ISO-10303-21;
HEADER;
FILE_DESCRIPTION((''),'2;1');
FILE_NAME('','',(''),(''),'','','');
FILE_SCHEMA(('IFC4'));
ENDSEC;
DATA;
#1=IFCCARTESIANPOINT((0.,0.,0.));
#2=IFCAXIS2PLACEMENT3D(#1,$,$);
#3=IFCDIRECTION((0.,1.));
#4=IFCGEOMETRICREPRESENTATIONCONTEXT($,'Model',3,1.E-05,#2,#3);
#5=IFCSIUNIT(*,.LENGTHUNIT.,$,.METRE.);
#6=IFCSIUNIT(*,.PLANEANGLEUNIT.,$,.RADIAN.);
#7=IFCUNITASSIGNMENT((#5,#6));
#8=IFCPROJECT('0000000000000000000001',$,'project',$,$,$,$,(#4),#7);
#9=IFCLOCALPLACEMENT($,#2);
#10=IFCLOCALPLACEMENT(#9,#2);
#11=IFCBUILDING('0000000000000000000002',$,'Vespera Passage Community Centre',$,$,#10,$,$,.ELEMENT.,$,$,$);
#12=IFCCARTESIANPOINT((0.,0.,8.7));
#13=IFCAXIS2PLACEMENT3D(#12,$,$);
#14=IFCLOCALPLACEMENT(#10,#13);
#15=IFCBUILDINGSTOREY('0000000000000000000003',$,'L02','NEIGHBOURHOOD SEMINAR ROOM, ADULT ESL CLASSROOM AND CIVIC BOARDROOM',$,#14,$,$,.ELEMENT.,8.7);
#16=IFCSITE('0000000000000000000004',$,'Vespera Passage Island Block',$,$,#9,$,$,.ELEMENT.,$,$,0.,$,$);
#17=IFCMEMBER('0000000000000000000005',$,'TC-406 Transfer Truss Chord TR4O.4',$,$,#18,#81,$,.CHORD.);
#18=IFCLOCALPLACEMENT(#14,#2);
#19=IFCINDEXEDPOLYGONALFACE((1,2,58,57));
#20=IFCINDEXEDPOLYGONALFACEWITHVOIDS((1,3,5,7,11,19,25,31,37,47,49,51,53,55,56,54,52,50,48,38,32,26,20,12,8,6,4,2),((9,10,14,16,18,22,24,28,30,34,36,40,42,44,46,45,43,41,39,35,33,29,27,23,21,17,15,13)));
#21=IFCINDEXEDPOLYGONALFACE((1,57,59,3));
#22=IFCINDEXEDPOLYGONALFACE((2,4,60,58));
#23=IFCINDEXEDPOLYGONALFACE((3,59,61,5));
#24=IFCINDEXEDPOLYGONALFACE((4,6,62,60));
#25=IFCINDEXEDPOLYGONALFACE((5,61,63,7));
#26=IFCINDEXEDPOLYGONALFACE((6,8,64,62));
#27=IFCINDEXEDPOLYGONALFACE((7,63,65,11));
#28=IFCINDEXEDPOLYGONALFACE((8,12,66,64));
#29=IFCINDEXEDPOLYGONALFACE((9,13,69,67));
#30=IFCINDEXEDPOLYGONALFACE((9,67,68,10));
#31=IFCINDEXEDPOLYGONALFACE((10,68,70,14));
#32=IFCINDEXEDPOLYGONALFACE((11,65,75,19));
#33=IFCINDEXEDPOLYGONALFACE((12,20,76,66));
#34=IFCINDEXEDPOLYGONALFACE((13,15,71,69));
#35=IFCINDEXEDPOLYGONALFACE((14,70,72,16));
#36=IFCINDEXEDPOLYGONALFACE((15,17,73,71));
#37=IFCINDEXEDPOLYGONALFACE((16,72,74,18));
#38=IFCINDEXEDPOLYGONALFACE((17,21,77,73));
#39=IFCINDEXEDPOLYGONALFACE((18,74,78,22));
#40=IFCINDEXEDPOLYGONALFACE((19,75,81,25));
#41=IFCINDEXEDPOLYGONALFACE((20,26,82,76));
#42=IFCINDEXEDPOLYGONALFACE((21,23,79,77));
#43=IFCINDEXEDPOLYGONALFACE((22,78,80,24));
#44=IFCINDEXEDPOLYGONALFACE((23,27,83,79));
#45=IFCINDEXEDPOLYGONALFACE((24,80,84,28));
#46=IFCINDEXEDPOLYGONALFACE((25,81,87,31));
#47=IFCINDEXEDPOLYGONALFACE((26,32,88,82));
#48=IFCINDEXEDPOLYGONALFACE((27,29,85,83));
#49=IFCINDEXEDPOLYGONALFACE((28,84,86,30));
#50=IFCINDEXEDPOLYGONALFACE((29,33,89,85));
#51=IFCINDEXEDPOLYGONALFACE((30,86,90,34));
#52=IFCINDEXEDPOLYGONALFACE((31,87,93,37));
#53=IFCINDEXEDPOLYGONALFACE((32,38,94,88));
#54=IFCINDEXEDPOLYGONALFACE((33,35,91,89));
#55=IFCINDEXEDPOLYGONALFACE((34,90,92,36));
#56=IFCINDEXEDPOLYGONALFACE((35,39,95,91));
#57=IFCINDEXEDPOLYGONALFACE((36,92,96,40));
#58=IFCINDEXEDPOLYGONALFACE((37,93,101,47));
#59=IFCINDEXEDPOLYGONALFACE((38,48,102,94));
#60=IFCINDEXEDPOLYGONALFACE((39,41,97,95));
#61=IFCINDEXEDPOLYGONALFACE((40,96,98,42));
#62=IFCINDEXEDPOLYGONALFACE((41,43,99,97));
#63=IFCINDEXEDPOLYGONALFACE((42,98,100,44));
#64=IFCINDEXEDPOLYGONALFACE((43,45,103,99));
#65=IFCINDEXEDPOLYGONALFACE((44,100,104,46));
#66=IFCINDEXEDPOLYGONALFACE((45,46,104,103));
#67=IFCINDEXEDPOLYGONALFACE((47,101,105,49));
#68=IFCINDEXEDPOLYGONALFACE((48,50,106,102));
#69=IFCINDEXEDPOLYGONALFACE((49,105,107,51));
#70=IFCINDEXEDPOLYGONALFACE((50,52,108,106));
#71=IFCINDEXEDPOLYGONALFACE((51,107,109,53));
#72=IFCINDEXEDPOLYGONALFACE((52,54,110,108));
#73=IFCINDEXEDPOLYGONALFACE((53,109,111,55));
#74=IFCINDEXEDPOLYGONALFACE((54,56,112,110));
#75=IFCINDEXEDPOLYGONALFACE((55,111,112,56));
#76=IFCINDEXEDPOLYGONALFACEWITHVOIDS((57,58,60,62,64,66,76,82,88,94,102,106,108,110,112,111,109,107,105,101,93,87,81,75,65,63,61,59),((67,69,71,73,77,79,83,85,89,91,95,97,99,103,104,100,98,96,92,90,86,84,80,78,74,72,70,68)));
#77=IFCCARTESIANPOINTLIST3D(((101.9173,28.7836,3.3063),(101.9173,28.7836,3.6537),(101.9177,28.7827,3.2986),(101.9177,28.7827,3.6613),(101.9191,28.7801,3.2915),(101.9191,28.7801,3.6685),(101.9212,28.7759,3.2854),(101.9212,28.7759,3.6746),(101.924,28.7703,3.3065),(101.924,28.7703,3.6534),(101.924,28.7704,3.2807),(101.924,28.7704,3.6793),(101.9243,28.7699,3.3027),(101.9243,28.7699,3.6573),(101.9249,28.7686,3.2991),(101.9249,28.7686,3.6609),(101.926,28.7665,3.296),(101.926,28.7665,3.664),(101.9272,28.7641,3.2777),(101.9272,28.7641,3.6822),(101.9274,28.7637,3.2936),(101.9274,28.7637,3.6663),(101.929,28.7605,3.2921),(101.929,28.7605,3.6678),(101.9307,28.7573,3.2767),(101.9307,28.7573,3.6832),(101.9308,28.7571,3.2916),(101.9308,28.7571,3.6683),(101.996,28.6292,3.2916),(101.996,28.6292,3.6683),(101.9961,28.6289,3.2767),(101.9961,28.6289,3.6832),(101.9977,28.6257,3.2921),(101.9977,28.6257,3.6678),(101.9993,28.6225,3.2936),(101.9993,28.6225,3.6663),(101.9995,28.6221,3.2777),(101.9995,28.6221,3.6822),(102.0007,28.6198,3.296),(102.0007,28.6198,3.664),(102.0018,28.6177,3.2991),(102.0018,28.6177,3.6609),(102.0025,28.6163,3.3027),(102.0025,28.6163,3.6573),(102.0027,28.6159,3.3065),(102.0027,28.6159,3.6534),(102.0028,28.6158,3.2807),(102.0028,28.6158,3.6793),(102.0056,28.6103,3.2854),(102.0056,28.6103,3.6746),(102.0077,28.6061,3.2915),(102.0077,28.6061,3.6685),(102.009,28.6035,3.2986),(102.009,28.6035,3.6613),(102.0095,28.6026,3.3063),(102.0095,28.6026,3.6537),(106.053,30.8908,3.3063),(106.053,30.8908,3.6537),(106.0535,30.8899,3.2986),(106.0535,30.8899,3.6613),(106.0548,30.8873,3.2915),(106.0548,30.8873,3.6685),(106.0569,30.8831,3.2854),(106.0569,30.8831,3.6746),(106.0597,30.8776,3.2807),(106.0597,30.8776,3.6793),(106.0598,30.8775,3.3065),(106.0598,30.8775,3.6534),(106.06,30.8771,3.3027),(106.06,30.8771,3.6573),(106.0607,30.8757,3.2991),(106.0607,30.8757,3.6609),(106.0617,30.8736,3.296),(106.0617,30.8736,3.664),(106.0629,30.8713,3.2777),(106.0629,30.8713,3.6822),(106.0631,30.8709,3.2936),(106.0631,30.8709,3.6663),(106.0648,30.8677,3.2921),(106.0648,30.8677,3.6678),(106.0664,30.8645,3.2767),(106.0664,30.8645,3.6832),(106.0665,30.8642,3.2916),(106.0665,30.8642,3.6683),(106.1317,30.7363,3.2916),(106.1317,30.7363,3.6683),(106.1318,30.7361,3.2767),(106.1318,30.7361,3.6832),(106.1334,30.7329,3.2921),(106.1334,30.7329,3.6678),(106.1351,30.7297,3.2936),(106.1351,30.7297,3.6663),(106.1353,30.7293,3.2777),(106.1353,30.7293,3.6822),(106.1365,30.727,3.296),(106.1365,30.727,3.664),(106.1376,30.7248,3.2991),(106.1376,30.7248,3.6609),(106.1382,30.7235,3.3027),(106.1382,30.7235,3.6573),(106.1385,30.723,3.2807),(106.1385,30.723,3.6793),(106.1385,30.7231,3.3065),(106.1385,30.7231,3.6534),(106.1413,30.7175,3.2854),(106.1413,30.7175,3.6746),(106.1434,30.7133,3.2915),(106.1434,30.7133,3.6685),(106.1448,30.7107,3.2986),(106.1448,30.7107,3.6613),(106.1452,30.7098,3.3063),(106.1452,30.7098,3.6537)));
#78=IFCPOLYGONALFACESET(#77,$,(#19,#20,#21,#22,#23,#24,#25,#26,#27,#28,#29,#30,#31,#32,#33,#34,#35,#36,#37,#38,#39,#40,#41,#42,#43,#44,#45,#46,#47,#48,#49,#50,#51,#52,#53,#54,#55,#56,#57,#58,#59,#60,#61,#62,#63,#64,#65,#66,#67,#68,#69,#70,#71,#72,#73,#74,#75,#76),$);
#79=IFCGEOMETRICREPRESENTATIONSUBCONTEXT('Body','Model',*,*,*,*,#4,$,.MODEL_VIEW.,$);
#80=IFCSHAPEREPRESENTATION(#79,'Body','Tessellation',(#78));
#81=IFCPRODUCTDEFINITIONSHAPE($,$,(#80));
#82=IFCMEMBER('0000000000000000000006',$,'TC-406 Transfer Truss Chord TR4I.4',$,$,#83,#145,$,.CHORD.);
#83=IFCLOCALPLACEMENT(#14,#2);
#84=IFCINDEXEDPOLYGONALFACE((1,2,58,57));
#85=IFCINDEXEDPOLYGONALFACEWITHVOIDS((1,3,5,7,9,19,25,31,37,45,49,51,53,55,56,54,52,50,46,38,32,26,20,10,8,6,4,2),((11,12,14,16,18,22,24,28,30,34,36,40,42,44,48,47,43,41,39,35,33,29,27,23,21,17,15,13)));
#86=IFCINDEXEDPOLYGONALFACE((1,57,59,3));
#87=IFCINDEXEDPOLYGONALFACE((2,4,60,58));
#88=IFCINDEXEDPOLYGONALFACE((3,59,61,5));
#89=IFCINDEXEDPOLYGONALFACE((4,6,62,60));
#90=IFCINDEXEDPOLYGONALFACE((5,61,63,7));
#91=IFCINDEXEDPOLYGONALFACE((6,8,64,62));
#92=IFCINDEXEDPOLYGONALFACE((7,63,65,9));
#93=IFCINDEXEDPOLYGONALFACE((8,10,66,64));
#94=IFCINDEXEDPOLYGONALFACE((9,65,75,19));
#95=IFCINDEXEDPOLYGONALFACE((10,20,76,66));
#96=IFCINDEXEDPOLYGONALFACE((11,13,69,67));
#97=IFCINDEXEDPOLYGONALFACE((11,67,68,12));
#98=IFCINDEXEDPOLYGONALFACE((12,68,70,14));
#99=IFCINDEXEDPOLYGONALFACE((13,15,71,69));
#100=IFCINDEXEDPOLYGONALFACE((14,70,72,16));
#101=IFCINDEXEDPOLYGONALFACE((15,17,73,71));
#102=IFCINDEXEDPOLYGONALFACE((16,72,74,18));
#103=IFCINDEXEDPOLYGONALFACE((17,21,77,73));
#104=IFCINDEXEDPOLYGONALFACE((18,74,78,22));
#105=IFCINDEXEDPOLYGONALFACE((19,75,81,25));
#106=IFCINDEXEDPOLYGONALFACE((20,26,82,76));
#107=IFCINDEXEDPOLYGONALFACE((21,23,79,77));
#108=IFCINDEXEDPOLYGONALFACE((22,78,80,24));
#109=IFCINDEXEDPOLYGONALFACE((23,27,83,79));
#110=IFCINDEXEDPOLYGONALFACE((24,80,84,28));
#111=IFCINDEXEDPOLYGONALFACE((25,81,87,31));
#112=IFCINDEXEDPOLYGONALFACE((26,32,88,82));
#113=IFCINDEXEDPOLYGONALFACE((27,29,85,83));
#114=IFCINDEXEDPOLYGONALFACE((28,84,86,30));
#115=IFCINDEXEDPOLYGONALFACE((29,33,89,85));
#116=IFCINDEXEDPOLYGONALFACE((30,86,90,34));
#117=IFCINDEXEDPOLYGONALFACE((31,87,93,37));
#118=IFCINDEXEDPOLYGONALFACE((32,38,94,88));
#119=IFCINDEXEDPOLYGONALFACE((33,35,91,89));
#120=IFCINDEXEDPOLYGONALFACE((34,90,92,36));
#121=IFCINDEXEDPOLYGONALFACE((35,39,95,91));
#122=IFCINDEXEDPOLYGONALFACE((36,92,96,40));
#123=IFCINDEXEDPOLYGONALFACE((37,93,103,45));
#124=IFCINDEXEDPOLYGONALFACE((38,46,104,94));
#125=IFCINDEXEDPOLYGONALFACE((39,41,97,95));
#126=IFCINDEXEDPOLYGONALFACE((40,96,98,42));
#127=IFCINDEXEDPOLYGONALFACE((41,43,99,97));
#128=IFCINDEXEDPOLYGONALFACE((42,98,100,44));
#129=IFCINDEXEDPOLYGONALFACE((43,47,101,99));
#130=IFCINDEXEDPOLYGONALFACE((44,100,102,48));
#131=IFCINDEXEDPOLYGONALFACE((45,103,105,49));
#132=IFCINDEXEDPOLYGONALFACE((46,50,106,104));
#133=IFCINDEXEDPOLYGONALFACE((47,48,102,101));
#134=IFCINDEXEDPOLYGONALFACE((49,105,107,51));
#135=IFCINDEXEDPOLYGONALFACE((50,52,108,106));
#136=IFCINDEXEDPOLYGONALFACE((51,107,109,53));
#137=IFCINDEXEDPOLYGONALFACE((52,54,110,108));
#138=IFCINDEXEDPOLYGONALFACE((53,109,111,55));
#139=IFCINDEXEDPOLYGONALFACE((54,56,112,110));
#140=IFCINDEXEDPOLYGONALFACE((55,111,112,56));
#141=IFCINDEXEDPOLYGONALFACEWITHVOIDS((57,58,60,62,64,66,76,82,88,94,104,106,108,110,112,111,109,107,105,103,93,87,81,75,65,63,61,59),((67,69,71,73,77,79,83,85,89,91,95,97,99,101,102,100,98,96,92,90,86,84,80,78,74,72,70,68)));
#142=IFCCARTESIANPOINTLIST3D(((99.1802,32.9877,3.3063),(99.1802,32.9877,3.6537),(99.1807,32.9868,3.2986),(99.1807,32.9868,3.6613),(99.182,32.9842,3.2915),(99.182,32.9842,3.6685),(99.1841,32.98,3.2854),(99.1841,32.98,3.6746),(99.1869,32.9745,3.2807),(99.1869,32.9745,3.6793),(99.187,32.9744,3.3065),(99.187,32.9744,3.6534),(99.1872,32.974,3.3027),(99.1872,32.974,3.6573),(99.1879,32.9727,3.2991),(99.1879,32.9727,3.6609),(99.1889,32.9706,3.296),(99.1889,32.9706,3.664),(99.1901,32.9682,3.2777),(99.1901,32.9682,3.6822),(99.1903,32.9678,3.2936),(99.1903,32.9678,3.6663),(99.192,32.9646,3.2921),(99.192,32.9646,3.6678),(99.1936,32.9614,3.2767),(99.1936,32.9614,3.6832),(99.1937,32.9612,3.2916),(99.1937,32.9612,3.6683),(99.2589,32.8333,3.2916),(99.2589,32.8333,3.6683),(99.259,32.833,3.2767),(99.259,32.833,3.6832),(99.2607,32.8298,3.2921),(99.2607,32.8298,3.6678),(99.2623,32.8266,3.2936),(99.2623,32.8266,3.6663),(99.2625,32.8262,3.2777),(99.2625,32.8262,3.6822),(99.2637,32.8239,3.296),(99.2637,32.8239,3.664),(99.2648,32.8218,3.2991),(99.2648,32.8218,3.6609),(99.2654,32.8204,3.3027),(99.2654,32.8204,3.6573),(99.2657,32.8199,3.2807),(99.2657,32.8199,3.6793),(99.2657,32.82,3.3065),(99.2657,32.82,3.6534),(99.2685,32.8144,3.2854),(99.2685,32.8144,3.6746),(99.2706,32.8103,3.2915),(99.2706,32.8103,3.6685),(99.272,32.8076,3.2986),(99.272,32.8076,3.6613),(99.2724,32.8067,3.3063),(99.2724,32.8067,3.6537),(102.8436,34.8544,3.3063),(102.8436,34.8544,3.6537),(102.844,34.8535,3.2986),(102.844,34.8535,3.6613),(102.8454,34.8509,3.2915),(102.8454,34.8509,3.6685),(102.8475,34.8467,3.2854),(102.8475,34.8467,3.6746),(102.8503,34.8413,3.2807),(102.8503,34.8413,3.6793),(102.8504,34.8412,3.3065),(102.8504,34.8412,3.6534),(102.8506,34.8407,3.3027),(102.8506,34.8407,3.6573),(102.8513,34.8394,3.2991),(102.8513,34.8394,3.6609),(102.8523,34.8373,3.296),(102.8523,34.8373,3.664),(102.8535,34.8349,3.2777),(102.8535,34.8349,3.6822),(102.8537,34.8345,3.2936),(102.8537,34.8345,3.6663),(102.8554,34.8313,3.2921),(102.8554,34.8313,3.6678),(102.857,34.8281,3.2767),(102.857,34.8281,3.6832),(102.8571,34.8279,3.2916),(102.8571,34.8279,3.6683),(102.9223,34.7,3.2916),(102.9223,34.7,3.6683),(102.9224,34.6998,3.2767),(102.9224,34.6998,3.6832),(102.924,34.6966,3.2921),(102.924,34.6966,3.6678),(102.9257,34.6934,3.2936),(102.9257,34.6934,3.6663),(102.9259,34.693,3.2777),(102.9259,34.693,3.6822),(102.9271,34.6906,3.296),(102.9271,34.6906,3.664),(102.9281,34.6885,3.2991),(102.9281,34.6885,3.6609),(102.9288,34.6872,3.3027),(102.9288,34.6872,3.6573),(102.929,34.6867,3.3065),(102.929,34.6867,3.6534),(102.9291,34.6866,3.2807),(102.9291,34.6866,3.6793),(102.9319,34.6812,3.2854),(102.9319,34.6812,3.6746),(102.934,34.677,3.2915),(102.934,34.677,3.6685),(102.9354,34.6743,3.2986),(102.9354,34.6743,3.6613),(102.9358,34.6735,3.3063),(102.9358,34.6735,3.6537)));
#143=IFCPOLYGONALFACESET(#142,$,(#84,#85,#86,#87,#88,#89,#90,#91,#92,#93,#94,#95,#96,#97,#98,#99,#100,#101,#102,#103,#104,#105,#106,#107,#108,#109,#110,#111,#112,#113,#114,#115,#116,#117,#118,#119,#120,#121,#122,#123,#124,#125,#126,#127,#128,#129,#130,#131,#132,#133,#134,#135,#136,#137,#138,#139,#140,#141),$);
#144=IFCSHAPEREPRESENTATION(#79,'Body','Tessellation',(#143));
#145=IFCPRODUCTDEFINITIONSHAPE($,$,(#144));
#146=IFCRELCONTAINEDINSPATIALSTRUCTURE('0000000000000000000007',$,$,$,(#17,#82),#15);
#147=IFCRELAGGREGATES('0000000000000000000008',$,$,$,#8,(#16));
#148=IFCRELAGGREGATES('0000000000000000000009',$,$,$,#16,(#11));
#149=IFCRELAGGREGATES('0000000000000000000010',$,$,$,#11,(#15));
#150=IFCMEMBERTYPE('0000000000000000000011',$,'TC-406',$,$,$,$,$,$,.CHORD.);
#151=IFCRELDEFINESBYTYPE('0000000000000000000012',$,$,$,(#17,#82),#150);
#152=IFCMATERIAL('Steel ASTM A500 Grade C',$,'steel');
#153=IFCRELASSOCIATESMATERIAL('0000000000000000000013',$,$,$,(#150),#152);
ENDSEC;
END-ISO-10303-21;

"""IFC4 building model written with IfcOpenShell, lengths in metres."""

from ifc_helpers import new_model, si_unit, direction, frame, origin, origin_2d, place, context, subcontext, project, spatial, hollow_rectangle, extrude, material, material_profile, profile_set, type_object, element, save


model = new_model("IFC4")

# Units and contexts
model_context = context("Model", 3, precision=1e-05, world=origin(), true_north=direction((0.0, 1.0)))
body_context = subcontext(model_context, "Body", "Model", "MODEL_VIEW")
ifc_project = project(units=[si_unit("LENGTHUNIT", "METRE"), si_unit("PLANEANGLEUNIT", "RADIAN")], contexts=[model_context])

# Site, building, storey
site_placement = place(None, origin())
site = spatial("IfcSite", under=ifc_project, at=site_placement, Name="Vespera Passage Island Block", CompositionType="ELEMENT", RefElevation=0.0)
building_placement = place(site_placement, origin())
building = spatial("IfcBuilding", under=site, at=building_placement, Name="Vespera Passage Community Centre", CompositionType="ELEMENT")
storey_placement = place(building_placement, frame((0.0, 0.0, 8.7)))
storey = spatial("IfcBuildingStorey", under=building, at=storey_placement, Name="L02", Description="NEIGHBOURHOOD SEMINAR ROOM, ADULT ESL CLASSROOM AND CIVIC BOARDROOM", CompositionType="ELEMENT", Elevation=8.7)

# Members
ifc_material_1 = material(Name="Steel ASTM A500 Grade C", Category="steel")
ifc_material_profile_1 = material_profile(ifc_material_1, hollow_rectangle(XDim=0.2031, YDim=0.4065, WallThickness=0.0149, InnerFilletRadius=0.0149, OuterFilletRadius=0.0295, at=origin_2d()), Name="HSS406X203X15.9")
ifc_profile_set_1 = profile_set([ifc_material_profile_1], Name="Steel ASTM A500 Grade C")
member_type_1 = type_object("IfcMemberType", Name="TC-406", PredefinedType="CHORD", material=ifc_profile_set_1)
for number, where, z_axis, x_axis, name in (
    (1, (101.9634, 28.6931, 3.48), (0.891014, 0.453975, 0.0), (-0.453975, 0.891014, 0.0), "TC-406 Transfer Truss Chord TR4O.4"),
):
    element("IfcMember", number, at=place(storey_placement, frame(where, z_axis=z_axis, x_axis=x_axis)), inside=storey, type_object=member_type_1, Name=name, PredefinedType="CHORD", context=body_context, shape_type="SweptSolid", body=[
        extrude(hollow_rectangle(XDim=0.2031, YDim=0.4065, WallThickness=0.0149, InnerFilletRadius=0.0149, OuterFilletRadius=0.0295, at=origin_2d()), origin(), (0.0, 0.0, 1.0), 4.6416),
    ])
member_1_placement = place(storey_placement, frame((99.2263, 32.8972, 3.48), z_axis=(0.890993, 0.454017, 0.0), x_axis=(-0.454017, 0.890993, 0.0)))
element("IfcMember", 2, at=member_1_placement, inside=storey, type_object=member_type_1, Name="TC-406 Transfer Truss Chord TR4I.4", PredefinedType="CHORD", context=body_context, shape_type="SweptSolid", body=[
    extrude(hollow_rectangle(XDim=0.2031, YDim=0.4065, WallThickness=0.0149, InnerFilletRadius=0.0149, OuterFilletRadius=0.0295, at=origin_2d()), origin(), (0.0, 0.0, 1.0), 4.1116),
])

save(model, "model.ifc")
